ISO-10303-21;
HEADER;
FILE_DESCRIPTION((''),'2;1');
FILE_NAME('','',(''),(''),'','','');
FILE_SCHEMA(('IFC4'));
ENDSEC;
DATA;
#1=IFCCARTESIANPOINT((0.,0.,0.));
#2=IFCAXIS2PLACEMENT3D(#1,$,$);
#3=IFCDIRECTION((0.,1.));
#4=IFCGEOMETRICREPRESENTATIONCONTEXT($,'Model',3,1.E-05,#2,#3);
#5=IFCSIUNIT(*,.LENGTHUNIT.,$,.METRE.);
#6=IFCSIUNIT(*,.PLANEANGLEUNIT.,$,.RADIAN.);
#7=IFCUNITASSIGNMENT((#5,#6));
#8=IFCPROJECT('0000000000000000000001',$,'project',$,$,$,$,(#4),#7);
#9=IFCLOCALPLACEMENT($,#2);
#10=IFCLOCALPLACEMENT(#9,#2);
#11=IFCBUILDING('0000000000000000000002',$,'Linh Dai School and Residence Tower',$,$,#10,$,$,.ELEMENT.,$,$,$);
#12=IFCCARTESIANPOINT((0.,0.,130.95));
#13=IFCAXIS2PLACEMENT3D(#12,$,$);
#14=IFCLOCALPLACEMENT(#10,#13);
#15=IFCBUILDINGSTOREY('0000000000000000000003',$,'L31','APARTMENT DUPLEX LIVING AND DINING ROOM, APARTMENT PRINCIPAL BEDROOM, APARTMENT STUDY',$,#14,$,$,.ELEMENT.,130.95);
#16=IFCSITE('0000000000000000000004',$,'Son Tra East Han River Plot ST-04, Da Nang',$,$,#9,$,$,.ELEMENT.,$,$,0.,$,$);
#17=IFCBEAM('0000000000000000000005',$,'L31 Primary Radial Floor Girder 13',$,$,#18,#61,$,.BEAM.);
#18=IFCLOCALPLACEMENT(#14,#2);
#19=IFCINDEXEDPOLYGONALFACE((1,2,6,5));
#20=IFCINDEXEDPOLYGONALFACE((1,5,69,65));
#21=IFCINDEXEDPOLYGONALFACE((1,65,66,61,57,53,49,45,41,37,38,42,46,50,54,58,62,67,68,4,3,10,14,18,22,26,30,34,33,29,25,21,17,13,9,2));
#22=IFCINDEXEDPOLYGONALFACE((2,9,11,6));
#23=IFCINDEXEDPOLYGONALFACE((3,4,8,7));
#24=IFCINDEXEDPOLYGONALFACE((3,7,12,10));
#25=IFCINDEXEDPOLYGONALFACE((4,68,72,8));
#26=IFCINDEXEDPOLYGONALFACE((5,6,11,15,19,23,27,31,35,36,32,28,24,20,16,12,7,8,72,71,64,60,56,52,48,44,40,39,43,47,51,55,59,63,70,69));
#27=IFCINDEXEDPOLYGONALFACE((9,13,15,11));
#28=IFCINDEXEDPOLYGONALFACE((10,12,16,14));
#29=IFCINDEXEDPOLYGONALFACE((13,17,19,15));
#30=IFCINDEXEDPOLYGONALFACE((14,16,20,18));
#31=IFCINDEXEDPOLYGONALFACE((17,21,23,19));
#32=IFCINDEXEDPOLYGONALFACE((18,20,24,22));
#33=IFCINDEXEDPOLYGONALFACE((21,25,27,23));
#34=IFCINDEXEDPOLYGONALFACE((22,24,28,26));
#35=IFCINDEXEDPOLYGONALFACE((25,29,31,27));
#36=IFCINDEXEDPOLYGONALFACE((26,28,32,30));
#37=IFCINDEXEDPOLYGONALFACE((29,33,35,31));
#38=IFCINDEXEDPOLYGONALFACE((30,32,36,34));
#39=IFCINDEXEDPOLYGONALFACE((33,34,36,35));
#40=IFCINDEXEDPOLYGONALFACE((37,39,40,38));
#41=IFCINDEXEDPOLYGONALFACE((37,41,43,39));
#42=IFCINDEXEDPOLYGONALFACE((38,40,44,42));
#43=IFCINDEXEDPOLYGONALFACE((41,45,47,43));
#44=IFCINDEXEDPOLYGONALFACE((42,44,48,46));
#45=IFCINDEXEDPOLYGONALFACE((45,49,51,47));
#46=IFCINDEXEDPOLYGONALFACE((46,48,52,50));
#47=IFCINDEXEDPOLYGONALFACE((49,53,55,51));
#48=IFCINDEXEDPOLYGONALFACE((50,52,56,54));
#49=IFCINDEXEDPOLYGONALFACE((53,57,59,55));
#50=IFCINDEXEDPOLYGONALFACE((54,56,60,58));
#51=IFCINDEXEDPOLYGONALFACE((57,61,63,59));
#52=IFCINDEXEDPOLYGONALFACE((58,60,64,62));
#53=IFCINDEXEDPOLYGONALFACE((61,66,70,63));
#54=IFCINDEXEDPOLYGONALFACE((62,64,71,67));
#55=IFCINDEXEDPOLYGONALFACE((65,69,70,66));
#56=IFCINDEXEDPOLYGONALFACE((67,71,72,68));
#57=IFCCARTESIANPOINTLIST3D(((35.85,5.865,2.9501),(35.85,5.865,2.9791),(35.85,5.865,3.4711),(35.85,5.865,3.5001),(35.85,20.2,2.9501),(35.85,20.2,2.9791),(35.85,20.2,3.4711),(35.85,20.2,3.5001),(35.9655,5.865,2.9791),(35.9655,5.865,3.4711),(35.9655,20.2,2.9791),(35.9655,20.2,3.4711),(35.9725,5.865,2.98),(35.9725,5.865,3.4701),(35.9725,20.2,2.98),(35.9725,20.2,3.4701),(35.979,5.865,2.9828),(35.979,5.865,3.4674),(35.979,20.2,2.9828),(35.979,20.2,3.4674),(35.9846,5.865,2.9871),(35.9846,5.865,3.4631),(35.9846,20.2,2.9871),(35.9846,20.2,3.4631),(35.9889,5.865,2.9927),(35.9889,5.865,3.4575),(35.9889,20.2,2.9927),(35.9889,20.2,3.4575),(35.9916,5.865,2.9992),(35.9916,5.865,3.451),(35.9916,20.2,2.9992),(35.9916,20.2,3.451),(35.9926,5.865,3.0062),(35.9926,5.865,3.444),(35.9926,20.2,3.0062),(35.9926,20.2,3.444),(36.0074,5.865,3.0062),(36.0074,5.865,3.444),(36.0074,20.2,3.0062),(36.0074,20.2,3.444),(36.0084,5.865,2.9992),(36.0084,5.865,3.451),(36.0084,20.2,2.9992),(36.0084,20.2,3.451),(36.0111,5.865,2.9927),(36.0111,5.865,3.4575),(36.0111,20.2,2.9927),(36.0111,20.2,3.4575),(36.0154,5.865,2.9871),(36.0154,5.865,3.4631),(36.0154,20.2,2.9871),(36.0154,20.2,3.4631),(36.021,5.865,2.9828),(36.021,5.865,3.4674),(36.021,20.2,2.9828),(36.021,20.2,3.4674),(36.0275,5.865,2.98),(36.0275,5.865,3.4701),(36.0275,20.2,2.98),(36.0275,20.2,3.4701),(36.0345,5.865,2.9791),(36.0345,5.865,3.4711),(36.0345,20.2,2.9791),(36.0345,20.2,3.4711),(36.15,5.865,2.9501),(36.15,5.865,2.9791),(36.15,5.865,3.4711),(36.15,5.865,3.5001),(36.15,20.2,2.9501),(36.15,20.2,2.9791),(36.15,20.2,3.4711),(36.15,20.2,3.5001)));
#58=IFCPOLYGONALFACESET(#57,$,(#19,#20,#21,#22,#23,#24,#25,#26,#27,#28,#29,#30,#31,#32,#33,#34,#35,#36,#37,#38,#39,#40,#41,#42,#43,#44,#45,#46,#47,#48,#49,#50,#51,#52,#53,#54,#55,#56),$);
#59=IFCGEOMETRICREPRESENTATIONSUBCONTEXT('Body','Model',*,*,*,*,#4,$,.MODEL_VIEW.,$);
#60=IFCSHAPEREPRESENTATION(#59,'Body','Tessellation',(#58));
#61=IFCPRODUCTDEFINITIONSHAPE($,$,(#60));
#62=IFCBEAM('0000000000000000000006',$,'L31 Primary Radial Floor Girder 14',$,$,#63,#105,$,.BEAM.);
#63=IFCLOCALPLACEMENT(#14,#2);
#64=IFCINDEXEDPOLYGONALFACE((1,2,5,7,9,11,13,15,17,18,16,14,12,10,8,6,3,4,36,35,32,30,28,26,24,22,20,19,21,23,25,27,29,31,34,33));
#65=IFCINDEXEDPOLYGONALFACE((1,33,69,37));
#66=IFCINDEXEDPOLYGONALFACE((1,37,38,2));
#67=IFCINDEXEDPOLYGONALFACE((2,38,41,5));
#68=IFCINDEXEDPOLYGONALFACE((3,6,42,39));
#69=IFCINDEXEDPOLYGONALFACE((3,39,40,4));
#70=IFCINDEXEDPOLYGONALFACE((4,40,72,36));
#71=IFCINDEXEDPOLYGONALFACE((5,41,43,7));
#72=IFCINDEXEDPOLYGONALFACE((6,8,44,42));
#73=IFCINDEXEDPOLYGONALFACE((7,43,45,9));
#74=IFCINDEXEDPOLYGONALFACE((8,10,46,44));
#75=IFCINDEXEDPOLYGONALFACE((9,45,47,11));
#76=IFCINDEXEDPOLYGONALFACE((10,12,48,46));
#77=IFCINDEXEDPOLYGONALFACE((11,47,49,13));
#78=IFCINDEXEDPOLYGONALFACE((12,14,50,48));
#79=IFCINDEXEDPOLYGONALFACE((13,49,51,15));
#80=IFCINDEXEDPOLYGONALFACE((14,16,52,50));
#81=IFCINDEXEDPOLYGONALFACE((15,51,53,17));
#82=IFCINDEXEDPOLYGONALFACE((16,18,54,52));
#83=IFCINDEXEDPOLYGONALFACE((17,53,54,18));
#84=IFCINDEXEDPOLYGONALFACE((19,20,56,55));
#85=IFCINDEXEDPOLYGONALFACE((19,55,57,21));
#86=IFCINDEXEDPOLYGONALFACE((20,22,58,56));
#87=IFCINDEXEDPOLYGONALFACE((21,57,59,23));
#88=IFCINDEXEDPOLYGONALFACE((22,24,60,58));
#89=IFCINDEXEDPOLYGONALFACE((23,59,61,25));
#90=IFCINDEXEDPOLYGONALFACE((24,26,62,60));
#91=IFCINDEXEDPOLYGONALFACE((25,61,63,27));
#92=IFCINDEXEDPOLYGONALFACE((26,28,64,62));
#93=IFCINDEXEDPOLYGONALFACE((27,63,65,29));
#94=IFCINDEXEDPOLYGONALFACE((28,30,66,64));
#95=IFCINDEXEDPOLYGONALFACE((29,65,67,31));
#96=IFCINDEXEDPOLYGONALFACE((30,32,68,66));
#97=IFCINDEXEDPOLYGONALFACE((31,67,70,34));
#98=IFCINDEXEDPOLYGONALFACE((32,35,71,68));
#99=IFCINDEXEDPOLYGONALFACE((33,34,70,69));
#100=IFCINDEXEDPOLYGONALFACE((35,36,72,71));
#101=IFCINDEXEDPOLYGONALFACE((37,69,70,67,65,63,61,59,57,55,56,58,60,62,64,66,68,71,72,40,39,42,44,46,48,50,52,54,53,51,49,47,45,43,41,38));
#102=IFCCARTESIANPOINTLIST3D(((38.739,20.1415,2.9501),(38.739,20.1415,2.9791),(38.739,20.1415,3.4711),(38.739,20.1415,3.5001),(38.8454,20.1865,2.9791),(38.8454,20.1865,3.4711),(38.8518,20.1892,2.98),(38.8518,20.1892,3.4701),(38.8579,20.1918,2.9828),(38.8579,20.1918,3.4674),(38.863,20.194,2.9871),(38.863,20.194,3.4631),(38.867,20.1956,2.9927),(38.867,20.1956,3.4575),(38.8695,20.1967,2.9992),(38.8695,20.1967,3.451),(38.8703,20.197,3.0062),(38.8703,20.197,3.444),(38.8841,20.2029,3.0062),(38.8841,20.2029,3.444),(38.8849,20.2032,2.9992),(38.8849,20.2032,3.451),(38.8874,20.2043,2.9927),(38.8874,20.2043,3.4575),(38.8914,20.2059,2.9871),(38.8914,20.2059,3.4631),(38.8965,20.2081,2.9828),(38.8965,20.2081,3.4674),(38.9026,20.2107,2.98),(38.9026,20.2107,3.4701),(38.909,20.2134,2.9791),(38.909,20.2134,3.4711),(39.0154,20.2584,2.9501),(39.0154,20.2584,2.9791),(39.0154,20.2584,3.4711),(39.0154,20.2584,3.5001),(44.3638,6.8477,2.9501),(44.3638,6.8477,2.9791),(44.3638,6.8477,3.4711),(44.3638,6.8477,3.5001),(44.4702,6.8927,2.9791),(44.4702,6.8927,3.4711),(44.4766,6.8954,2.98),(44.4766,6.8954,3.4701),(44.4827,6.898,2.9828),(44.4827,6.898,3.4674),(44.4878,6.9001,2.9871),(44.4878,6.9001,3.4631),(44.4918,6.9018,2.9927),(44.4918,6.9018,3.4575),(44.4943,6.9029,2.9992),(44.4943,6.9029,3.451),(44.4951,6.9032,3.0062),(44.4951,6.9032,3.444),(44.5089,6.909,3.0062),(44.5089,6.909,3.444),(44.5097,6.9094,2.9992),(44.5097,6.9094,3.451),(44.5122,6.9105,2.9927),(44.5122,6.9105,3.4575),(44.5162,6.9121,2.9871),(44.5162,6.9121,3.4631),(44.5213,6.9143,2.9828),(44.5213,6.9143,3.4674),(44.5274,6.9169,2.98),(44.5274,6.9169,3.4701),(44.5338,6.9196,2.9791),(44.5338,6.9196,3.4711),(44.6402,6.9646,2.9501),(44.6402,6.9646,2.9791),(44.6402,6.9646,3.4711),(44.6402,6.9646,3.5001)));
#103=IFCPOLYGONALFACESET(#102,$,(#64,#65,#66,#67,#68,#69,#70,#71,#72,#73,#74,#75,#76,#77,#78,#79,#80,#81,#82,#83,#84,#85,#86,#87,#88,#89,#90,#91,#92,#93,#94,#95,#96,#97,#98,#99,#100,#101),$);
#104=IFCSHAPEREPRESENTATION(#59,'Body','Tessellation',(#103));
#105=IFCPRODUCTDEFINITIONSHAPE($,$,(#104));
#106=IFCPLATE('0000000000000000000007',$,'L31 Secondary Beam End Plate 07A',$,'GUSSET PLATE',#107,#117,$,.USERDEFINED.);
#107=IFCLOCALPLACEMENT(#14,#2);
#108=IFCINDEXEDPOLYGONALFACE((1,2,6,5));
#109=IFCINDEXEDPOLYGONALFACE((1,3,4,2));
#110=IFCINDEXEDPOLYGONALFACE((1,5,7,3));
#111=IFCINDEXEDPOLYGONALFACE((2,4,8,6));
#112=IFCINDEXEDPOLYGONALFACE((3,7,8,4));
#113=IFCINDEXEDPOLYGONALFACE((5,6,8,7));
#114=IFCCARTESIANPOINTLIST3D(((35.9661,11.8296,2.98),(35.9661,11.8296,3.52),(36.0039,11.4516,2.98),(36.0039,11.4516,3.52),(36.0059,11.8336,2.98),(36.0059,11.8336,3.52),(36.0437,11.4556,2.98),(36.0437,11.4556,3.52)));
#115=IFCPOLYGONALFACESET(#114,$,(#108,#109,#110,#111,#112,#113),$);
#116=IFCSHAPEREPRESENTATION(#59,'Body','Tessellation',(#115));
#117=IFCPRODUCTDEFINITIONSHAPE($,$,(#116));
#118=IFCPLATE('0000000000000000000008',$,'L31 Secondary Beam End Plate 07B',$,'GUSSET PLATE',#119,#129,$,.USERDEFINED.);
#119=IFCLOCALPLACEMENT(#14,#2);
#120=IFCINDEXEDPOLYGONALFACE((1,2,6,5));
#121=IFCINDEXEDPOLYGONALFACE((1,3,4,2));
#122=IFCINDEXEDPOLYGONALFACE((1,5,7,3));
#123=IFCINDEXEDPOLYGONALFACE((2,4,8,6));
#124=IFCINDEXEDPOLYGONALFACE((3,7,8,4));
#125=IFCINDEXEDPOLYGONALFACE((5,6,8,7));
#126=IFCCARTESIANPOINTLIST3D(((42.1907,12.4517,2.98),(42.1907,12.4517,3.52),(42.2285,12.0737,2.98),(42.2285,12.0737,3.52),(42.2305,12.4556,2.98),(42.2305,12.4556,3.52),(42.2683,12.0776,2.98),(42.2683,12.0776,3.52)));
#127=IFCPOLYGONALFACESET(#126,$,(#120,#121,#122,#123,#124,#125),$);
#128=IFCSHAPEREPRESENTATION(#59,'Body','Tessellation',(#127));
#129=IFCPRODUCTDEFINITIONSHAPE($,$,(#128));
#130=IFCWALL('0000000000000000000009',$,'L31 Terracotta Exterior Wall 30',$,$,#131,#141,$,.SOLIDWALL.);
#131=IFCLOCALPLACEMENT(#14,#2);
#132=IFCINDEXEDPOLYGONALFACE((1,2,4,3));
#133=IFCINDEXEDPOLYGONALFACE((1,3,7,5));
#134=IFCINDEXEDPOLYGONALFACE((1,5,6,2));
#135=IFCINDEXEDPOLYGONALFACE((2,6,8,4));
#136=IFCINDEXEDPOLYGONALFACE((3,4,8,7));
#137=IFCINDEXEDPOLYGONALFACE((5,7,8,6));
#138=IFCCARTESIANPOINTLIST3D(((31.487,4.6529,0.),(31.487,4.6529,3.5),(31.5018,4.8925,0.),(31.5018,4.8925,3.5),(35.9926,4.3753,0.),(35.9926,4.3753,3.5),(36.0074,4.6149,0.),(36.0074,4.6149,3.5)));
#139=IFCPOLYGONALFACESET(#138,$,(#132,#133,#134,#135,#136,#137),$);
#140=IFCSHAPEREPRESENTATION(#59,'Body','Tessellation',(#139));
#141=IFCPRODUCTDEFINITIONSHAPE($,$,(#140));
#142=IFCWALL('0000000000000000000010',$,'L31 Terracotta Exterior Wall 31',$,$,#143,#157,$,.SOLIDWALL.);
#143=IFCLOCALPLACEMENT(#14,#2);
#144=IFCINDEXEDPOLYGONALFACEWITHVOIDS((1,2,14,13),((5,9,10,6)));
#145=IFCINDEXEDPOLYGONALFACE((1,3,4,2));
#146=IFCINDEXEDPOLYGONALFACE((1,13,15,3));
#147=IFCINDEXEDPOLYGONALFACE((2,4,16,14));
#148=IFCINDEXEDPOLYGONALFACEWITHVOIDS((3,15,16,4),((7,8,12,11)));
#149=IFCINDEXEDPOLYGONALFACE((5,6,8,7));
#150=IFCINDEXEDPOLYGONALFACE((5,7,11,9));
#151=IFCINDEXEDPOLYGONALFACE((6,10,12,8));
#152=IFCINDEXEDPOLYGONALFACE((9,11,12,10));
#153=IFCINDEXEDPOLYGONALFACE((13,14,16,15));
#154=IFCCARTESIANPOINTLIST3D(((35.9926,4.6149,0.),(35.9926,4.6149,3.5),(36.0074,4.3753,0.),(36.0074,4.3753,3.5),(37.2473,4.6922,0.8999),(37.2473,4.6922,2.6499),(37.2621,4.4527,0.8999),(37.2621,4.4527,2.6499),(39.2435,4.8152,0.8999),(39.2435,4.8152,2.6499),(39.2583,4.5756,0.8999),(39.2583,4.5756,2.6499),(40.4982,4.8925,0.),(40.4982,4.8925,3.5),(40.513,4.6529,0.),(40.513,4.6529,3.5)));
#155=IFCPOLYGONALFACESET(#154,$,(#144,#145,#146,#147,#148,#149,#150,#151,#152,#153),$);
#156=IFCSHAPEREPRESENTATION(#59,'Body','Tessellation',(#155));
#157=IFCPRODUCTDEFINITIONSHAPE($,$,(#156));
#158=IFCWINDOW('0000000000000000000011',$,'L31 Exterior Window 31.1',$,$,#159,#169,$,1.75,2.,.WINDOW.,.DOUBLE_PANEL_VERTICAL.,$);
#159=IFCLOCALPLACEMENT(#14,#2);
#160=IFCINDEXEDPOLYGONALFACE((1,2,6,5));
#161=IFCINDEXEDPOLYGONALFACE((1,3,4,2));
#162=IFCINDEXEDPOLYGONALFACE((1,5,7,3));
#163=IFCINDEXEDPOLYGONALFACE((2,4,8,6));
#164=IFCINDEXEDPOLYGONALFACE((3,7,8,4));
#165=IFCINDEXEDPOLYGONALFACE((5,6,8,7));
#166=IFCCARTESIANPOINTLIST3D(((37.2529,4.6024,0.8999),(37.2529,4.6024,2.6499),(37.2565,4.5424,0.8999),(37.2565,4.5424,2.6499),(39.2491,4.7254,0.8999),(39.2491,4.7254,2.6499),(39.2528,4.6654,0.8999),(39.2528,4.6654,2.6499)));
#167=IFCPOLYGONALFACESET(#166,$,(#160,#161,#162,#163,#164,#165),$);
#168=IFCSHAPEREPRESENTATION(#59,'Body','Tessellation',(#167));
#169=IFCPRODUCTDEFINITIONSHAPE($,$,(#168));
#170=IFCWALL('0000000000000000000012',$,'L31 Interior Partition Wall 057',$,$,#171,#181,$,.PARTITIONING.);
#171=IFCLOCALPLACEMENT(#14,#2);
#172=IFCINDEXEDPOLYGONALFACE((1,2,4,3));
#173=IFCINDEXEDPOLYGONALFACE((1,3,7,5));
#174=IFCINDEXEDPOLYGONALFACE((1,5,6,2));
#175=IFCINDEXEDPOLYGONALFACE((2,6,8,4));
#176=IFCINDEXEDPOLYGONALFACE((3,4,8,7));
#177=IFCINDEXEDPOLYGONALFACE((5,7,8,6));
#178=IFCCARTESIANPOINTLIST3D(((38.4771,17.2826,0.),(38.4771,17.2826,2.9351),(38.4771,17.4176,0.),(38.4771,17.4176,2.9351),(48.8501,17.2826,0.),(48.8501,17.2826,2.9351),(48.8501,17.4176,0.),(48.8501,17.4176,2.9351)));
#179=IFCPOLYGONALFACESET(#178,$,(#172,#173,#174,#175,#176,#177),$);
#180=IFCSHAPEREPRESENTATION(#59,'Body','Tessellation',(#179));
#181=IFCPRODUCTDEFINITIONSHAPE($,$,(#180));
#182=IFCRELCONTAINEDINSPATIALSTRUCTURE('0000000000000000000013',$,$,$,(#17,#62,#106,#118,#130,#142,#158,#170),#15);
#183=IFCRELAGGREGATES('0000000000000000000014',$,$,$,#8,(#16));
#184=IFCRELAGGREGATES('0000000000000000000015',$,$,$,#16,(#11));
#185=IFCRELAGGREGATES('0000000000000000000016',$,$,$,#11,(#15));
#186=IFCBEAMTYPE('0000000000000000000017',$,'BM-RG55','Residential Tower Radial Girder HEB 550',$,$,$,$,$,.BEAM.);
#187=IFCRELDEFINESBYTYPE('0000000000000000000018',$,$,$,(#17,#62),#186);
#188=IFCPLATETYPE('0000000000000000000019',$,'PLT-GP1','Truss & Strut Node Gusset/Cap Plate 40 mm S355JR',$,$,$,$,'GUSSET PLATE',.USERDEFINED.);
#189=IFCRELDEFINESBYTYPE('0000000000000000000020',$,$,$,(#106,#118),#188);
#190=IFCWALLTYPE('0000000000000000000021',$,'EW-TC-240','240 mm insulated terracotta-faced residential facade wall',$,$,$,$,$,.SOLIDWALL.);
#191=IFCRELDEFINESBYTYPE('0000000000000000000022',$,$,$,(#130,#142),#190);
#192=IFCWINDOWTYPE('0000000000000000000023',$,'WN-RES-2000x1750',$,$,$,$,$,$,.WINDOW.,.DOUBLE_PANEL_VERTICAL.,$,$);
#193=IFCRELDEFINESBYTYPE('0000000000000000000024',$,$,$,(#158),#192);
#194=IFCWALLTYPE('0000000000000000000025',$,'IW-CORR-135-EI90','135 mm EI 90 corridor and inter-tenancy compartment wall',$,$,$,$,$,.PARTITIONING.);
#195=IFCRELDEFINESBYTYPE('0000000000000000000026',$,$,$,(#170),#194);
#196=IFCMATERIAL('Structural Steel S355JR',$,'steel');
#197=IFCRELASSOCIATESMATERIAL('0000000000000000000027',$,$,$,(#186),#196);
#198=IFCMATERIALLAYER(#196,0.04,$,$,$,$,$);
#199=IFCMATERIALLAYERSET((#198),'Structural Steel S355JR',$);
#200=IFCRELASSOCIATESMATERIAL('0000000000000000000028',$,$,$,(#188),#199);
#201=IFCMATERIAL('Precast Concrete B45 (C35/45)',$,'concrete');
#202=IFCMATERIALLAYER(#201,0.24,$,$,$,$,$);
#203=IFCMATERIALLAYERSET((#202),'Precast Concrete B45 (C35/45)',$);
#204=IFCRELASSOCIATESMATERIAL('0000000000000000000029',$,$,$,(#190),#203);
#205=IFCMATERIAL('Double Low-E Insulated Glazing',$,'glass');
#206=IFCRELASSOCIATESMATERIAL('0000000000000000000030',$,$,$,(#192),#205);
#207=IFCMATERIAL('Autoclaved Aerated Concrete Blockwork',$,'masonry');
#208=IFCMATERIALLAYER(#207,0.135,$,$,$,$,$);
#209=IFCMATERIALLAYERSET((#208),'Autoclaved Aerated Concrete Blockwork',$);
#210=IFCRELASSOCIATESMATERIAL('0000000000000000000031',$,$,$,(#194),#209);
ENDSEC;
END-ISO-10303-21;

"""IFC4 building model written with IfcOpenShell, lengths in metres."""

from ifc_helpers import new_model, si_unit, direction, frame, frame_2d, origin, origin_2d, place, context, subcontext, project, spatial, rectangle, i_section, extrude, source, transform, mapped, material, layer, layer_set, material_profile, profile_set, type_object, element, fill, save


model = new_model("IFC4")

# Units and contexts
model_context = context("Model", 3, precision=1e-05, world=origin(), true_north=direction((0.0, 1.0)))
body_context = subcontext(model_context, "Body", "Model", "MODEL_VIEW")
ifc_project = project(units=[si_unit("LENGTHUNIT", "METRE"), si_unit("PLANEANGLEUNIT", "RADIAN")], contexts=[model_context])

# Site, building, storey
site_placement = place(None, origin())
site = spatial("IfcSite", under=ifc_project, at=site_placement, Name="Son Tra East Han River Plot ST-04, Da Nang", CompositionType="ELEMENT", RefElevation=0.0)
building_placement = place(site_placement, origin())
building = spatial("IfcBuilding", under=site, at=building_placement, Name="Linh Dai School and Residence Tower", CompositionType="ELEMENT")
storey_placement = place(building_placement, frame((0.0, 0.0, 130.95)))
storey = spatial("IfcBuildingStorey", under=building, at=storey_placement, Name="L31", Description="APARTMENT DUPLEX LIVING AND DINING ROOM, APARTMENT PRINCIPAL BEDROOM, APARTMENT STUDY", CompositionType="ELEMENT", Elevation=130.95)

# Shared definitions
ifc_material_1 = material(Name="Structural Steel S355JR", Category="steel")

# Beams
ifc_material_profile_1 = material_profile(ifc_material_1, i_section(OverallWidth=0.3, OverallDepth=0.55, WebThickness=0.0149, FlangeThickness=0.0291, FilletRadius=0.0271, at=origin_2d()), Name="HEB 550")
ifc_profile_set_1 = profile_set([ifc_material_profile_1], Name="Structural Steel S355JR")
beam_type_1 = type_object("IfcBeamType", Name="BM-RG55", Description="Residential Tower Radial Girder HEB 550", PredefinedType="BEAM", material=ifc_profile_set_1)
beam_1_placement = place(storey_placement, frame((36.0, 20.2, 3.2251), z_axis=(0.0, -1.0, 0.0), x_axis=(1.0, 0.0, 0.0)))
element("IfcBeam", 1, at=beam_1_placement, inside=storey, type_object=beam_type_1, Name="L31 Primary Radial Floor Girder 13", PredefinedType="BEAM", context=body_context, shape_type="SweptSolid", body=[
    extrude(i_section(OverallWidth=0.3, OverallDepth=0.55, WebThickness=0.0149, FlangeThickness=0.0291, FilletRadius=0.0271, at=origin_2d()), origin(), (0.0, 0.0, 1.0), 14.335),
])
beam_2_placement = place(storey_placement, frame((38.8772, 20.2, 3.2251), z_axis=(0.389669, -0.920955, 0.0), x_axis=(0.920955, 0.389669, 0.0)))
element("IfcBeam", 2, at=beam_2_placement, inside=storey, type_object=beam_type_1, Name="L31 Primary Radial Floor Girder 14", PredefinedType="BEAM", context=body_context, shape_type="SweptSolid", body=[
    extrude(i_section(OverallWidth=0.3, OverallDepth=0.55, WebThickness=0.0149, FlangeThickness=0.0291, FilletRadius=0.0271, at=origin_2d()), origin(), (0.0, 0.0, 1.0), 14.4348),
])

# Plates
ifc_layer_1 = layer(ifc_material_1, 0.04)
ifc_layer_set_1 = layer_set([ifc_layer_1], Name="Structural Steel S355JR")
plate_type = type_object("IfcPlateType", Name="PLT-GP1", Description="Truss & Strut Node Gusset/Cap Plate 40 mm S355JR", ElementType="GUSSET PLATE", PredefinedType="USERDEFINED", material=ifc_layer_set_1)
shared_shape_1 = source(origin(), body_context, "Body", "SweptSolid", [
    extrude(rectangle(XDim=0.04, YDim=0.3799, at=origin_2d()), origin(), (0.0, 0.0, 1.0), 0.54),
])
for number, where, z_axis, x_axis, name in (
    (3, (36.0049, 11.6426, 2.98), (0.0, 0.0, 1.0), (0.995042, 0.099458, 0.0), "L31 Secondary Beam End Plate 07A"),
    (4, (42.2295, 12.2646, 2.98), (0.0, 0.0, 1.0), (0.995042, 0.099458, 0.0), "L31 Secondary Beam End Plate 07B"),
):
    element("IfcPlate", number, at=place(storey_placement, frame(where, z_axis=z_axis, x_axis=x_axis)), inside=storey, type_object=plate_type, Name=name, ObjectType="GUSSET PLATE", PredefinedType="USERDEFINED", context=body_context, shape_type="MappedRepresentation", body=[
        mapped(shared_shape_1, transform((0.0, 0.0, 0.0), x_axis=(1.0, 0.0, 0.0), y_axis=(0.0, 1.0, 0.0), z_axis=(0.0, 0.0, 1.0), scale=1.0)),
    ])

# Wall
ifc_material_2 = material(Name="Precast Concrete B45 (C35/45)", Category="concrete")
ifc_layer_2 = layer(ifc_material_2, 0.24)
ifc_layer_set_2 = layer_set([ifc_layer_2], Name="Precast Concrete B45 (C35/45)")
wall_type_1 = type_object("IfcWallType", Name="EW-TC-240", Description="240 mm insulated terracotta-faced residential facade wall", PredefinedType="SOLIDWALL", material=ifc_layer_set_2)
wall_1_placement = place(storey_placement, frame((36.0, 4.4951, 0.0), z_axis=(0.0, 0.0, 1.0), x_axis=(-0.998108, 0.061493, 0.0)))
element("IfcWall", 5, at=wall_1_placement, inside=storey, type_object=wall_type_1, Name="L31 Terracotta Exterior Wall 30", PredefinedType="SOLIDWALL", context=body_context, shape_type="SweptSolid", body=[
    extrude(rectangle(XDim=4.5142, YDim=0.24, at=frame_2d((2.2571, 0.0))), origin(), (0.0, 0.0, 1.0), 3.5),
])

# Wall, opening, window
wall_2_placement = place(storey_placement, frame((40.5056, 4.7727, 0.0), z_axis=(0.0, 0.0, 1.0), x_axis=(-0.998108, -0.061493, 0.0)))
wall_2 = element("IfcWall", 6, at=wall_2_placement, inside=storey, type_object=wall_type_1, Name="L31 Terracotta Exterior Wall 31", PredefinedType="SOLIDWALL", context=body_context, shape_type="SweptSolid", body=[
    extrude(rectangle(XDim=4.5142, YDim=0.24, at=frame_2d((2.2571, 0.0))), origin(), (0.0, 0.0, 1.0), 3.5),
])
opening_1_placement = place(wall_2_placement, frame((1.2571, 0.0, 0.8999)))
opening_1 = element("IfcOpeningElement", 7, at=opening_1_placement, cuts=wall_2, PredefinedType="OPENING", context=body_context, shape_type="SweptSolid", body=[
    extrude(rectangle(XDim=2.0, YDim=1.75, at=origin_2d()), frame((1.0, 0.1299, 0.875), z_axis=(0.0, -1.0, 0.0), x_axis=(1.0, 0.0, 0.0)), (0.0, 0.0, 1.0), 0.26),
])
ifc_material_3 = material(Name="Double Low-E Insulated Glazing", Category="glass")
window_type = type_object("IfcWindowType", Name="WN-RES-2000x1750", PartitioningType="DOUBLE_PANEL_VERTICAL", PredefinedType="WINDOW", material=ifc_material_3)
shared_shape_2 = source(origin(), body_context, "Body", "SweptSolid", [
    extrude(rectangle(XDim=2.0, YDim=1.75, at=origin_2d()), frame((1.0, 0.03, 0.875), z_axis=(0.0, -1.0, 0.0), x_axis=(1.0, 0.0, 0.0)), (0.0, 0.0, 1.0), 0.0601),
])
window_placement = place(opening_1_placement, origin())
window = element("IfcWindow", 8, at=window_placement, inside=storey, type_object=window_type, Name="L31 Exterior Window 31.1", OverallHeight=1.75, OverallWidth=2.0, PartitioningType="DOUBLE_PANEL_VERTICAL", PredefinedType="WINDOW", context=body_context, shape_type="MappedRepresentation", body=[
    mapped(shared_shape_2, transform((0.0, 0.0, 0.0), x_axis=(1.0, 0.0, 0.0), y_axis=(0.0, 1.0, 0.0), z_axis=(0.0, 0.0, 1.0), scale=1.0)),
])
fill(opening_1, window)

# Wall
ifc_material_4 = material(Name="Autoclaved Aerated Concrete Blockwork", Category="masonry")
ifc_layer_3 = layer(ifc_material_4, 0.135)
ifc_layer_set_3 = layer_set([ifc_layer_3], Name="Autoclaved Aerated Concrete Blockwork")
wall_type_2 = type_object("IfcWallType", Name="IW-CORR-135-EI90", Description="135 mm EI 90 corridor and inter-tenancy compartment wall", PredefinedType="PARTITIONING", material=ifc_layer_set_3)
wall_3_placement = place(storey_placement, frame((38.4771, 17.3501, 0.0), z_axis=(0.0, 0.0, 1.0), x_axis=(1.0, 0.0, 0.0)))
element("IfcWall", 9, at=wall_3_placement, inside=storey, type_object=wall_type_2, Name="L31 Interior Partition Wall 057", PredefinedType="PARTITIONING", context=body_context, shape_type="SweptSolid", body=[
    extrude(rectangle(XDim=10.373, YDim=0.135, at=frame_2d((5.1865, 0.0))), origin(), (0.0, 0.0, 1.0), 2.9351),
])

save(model, "model.ifc")
